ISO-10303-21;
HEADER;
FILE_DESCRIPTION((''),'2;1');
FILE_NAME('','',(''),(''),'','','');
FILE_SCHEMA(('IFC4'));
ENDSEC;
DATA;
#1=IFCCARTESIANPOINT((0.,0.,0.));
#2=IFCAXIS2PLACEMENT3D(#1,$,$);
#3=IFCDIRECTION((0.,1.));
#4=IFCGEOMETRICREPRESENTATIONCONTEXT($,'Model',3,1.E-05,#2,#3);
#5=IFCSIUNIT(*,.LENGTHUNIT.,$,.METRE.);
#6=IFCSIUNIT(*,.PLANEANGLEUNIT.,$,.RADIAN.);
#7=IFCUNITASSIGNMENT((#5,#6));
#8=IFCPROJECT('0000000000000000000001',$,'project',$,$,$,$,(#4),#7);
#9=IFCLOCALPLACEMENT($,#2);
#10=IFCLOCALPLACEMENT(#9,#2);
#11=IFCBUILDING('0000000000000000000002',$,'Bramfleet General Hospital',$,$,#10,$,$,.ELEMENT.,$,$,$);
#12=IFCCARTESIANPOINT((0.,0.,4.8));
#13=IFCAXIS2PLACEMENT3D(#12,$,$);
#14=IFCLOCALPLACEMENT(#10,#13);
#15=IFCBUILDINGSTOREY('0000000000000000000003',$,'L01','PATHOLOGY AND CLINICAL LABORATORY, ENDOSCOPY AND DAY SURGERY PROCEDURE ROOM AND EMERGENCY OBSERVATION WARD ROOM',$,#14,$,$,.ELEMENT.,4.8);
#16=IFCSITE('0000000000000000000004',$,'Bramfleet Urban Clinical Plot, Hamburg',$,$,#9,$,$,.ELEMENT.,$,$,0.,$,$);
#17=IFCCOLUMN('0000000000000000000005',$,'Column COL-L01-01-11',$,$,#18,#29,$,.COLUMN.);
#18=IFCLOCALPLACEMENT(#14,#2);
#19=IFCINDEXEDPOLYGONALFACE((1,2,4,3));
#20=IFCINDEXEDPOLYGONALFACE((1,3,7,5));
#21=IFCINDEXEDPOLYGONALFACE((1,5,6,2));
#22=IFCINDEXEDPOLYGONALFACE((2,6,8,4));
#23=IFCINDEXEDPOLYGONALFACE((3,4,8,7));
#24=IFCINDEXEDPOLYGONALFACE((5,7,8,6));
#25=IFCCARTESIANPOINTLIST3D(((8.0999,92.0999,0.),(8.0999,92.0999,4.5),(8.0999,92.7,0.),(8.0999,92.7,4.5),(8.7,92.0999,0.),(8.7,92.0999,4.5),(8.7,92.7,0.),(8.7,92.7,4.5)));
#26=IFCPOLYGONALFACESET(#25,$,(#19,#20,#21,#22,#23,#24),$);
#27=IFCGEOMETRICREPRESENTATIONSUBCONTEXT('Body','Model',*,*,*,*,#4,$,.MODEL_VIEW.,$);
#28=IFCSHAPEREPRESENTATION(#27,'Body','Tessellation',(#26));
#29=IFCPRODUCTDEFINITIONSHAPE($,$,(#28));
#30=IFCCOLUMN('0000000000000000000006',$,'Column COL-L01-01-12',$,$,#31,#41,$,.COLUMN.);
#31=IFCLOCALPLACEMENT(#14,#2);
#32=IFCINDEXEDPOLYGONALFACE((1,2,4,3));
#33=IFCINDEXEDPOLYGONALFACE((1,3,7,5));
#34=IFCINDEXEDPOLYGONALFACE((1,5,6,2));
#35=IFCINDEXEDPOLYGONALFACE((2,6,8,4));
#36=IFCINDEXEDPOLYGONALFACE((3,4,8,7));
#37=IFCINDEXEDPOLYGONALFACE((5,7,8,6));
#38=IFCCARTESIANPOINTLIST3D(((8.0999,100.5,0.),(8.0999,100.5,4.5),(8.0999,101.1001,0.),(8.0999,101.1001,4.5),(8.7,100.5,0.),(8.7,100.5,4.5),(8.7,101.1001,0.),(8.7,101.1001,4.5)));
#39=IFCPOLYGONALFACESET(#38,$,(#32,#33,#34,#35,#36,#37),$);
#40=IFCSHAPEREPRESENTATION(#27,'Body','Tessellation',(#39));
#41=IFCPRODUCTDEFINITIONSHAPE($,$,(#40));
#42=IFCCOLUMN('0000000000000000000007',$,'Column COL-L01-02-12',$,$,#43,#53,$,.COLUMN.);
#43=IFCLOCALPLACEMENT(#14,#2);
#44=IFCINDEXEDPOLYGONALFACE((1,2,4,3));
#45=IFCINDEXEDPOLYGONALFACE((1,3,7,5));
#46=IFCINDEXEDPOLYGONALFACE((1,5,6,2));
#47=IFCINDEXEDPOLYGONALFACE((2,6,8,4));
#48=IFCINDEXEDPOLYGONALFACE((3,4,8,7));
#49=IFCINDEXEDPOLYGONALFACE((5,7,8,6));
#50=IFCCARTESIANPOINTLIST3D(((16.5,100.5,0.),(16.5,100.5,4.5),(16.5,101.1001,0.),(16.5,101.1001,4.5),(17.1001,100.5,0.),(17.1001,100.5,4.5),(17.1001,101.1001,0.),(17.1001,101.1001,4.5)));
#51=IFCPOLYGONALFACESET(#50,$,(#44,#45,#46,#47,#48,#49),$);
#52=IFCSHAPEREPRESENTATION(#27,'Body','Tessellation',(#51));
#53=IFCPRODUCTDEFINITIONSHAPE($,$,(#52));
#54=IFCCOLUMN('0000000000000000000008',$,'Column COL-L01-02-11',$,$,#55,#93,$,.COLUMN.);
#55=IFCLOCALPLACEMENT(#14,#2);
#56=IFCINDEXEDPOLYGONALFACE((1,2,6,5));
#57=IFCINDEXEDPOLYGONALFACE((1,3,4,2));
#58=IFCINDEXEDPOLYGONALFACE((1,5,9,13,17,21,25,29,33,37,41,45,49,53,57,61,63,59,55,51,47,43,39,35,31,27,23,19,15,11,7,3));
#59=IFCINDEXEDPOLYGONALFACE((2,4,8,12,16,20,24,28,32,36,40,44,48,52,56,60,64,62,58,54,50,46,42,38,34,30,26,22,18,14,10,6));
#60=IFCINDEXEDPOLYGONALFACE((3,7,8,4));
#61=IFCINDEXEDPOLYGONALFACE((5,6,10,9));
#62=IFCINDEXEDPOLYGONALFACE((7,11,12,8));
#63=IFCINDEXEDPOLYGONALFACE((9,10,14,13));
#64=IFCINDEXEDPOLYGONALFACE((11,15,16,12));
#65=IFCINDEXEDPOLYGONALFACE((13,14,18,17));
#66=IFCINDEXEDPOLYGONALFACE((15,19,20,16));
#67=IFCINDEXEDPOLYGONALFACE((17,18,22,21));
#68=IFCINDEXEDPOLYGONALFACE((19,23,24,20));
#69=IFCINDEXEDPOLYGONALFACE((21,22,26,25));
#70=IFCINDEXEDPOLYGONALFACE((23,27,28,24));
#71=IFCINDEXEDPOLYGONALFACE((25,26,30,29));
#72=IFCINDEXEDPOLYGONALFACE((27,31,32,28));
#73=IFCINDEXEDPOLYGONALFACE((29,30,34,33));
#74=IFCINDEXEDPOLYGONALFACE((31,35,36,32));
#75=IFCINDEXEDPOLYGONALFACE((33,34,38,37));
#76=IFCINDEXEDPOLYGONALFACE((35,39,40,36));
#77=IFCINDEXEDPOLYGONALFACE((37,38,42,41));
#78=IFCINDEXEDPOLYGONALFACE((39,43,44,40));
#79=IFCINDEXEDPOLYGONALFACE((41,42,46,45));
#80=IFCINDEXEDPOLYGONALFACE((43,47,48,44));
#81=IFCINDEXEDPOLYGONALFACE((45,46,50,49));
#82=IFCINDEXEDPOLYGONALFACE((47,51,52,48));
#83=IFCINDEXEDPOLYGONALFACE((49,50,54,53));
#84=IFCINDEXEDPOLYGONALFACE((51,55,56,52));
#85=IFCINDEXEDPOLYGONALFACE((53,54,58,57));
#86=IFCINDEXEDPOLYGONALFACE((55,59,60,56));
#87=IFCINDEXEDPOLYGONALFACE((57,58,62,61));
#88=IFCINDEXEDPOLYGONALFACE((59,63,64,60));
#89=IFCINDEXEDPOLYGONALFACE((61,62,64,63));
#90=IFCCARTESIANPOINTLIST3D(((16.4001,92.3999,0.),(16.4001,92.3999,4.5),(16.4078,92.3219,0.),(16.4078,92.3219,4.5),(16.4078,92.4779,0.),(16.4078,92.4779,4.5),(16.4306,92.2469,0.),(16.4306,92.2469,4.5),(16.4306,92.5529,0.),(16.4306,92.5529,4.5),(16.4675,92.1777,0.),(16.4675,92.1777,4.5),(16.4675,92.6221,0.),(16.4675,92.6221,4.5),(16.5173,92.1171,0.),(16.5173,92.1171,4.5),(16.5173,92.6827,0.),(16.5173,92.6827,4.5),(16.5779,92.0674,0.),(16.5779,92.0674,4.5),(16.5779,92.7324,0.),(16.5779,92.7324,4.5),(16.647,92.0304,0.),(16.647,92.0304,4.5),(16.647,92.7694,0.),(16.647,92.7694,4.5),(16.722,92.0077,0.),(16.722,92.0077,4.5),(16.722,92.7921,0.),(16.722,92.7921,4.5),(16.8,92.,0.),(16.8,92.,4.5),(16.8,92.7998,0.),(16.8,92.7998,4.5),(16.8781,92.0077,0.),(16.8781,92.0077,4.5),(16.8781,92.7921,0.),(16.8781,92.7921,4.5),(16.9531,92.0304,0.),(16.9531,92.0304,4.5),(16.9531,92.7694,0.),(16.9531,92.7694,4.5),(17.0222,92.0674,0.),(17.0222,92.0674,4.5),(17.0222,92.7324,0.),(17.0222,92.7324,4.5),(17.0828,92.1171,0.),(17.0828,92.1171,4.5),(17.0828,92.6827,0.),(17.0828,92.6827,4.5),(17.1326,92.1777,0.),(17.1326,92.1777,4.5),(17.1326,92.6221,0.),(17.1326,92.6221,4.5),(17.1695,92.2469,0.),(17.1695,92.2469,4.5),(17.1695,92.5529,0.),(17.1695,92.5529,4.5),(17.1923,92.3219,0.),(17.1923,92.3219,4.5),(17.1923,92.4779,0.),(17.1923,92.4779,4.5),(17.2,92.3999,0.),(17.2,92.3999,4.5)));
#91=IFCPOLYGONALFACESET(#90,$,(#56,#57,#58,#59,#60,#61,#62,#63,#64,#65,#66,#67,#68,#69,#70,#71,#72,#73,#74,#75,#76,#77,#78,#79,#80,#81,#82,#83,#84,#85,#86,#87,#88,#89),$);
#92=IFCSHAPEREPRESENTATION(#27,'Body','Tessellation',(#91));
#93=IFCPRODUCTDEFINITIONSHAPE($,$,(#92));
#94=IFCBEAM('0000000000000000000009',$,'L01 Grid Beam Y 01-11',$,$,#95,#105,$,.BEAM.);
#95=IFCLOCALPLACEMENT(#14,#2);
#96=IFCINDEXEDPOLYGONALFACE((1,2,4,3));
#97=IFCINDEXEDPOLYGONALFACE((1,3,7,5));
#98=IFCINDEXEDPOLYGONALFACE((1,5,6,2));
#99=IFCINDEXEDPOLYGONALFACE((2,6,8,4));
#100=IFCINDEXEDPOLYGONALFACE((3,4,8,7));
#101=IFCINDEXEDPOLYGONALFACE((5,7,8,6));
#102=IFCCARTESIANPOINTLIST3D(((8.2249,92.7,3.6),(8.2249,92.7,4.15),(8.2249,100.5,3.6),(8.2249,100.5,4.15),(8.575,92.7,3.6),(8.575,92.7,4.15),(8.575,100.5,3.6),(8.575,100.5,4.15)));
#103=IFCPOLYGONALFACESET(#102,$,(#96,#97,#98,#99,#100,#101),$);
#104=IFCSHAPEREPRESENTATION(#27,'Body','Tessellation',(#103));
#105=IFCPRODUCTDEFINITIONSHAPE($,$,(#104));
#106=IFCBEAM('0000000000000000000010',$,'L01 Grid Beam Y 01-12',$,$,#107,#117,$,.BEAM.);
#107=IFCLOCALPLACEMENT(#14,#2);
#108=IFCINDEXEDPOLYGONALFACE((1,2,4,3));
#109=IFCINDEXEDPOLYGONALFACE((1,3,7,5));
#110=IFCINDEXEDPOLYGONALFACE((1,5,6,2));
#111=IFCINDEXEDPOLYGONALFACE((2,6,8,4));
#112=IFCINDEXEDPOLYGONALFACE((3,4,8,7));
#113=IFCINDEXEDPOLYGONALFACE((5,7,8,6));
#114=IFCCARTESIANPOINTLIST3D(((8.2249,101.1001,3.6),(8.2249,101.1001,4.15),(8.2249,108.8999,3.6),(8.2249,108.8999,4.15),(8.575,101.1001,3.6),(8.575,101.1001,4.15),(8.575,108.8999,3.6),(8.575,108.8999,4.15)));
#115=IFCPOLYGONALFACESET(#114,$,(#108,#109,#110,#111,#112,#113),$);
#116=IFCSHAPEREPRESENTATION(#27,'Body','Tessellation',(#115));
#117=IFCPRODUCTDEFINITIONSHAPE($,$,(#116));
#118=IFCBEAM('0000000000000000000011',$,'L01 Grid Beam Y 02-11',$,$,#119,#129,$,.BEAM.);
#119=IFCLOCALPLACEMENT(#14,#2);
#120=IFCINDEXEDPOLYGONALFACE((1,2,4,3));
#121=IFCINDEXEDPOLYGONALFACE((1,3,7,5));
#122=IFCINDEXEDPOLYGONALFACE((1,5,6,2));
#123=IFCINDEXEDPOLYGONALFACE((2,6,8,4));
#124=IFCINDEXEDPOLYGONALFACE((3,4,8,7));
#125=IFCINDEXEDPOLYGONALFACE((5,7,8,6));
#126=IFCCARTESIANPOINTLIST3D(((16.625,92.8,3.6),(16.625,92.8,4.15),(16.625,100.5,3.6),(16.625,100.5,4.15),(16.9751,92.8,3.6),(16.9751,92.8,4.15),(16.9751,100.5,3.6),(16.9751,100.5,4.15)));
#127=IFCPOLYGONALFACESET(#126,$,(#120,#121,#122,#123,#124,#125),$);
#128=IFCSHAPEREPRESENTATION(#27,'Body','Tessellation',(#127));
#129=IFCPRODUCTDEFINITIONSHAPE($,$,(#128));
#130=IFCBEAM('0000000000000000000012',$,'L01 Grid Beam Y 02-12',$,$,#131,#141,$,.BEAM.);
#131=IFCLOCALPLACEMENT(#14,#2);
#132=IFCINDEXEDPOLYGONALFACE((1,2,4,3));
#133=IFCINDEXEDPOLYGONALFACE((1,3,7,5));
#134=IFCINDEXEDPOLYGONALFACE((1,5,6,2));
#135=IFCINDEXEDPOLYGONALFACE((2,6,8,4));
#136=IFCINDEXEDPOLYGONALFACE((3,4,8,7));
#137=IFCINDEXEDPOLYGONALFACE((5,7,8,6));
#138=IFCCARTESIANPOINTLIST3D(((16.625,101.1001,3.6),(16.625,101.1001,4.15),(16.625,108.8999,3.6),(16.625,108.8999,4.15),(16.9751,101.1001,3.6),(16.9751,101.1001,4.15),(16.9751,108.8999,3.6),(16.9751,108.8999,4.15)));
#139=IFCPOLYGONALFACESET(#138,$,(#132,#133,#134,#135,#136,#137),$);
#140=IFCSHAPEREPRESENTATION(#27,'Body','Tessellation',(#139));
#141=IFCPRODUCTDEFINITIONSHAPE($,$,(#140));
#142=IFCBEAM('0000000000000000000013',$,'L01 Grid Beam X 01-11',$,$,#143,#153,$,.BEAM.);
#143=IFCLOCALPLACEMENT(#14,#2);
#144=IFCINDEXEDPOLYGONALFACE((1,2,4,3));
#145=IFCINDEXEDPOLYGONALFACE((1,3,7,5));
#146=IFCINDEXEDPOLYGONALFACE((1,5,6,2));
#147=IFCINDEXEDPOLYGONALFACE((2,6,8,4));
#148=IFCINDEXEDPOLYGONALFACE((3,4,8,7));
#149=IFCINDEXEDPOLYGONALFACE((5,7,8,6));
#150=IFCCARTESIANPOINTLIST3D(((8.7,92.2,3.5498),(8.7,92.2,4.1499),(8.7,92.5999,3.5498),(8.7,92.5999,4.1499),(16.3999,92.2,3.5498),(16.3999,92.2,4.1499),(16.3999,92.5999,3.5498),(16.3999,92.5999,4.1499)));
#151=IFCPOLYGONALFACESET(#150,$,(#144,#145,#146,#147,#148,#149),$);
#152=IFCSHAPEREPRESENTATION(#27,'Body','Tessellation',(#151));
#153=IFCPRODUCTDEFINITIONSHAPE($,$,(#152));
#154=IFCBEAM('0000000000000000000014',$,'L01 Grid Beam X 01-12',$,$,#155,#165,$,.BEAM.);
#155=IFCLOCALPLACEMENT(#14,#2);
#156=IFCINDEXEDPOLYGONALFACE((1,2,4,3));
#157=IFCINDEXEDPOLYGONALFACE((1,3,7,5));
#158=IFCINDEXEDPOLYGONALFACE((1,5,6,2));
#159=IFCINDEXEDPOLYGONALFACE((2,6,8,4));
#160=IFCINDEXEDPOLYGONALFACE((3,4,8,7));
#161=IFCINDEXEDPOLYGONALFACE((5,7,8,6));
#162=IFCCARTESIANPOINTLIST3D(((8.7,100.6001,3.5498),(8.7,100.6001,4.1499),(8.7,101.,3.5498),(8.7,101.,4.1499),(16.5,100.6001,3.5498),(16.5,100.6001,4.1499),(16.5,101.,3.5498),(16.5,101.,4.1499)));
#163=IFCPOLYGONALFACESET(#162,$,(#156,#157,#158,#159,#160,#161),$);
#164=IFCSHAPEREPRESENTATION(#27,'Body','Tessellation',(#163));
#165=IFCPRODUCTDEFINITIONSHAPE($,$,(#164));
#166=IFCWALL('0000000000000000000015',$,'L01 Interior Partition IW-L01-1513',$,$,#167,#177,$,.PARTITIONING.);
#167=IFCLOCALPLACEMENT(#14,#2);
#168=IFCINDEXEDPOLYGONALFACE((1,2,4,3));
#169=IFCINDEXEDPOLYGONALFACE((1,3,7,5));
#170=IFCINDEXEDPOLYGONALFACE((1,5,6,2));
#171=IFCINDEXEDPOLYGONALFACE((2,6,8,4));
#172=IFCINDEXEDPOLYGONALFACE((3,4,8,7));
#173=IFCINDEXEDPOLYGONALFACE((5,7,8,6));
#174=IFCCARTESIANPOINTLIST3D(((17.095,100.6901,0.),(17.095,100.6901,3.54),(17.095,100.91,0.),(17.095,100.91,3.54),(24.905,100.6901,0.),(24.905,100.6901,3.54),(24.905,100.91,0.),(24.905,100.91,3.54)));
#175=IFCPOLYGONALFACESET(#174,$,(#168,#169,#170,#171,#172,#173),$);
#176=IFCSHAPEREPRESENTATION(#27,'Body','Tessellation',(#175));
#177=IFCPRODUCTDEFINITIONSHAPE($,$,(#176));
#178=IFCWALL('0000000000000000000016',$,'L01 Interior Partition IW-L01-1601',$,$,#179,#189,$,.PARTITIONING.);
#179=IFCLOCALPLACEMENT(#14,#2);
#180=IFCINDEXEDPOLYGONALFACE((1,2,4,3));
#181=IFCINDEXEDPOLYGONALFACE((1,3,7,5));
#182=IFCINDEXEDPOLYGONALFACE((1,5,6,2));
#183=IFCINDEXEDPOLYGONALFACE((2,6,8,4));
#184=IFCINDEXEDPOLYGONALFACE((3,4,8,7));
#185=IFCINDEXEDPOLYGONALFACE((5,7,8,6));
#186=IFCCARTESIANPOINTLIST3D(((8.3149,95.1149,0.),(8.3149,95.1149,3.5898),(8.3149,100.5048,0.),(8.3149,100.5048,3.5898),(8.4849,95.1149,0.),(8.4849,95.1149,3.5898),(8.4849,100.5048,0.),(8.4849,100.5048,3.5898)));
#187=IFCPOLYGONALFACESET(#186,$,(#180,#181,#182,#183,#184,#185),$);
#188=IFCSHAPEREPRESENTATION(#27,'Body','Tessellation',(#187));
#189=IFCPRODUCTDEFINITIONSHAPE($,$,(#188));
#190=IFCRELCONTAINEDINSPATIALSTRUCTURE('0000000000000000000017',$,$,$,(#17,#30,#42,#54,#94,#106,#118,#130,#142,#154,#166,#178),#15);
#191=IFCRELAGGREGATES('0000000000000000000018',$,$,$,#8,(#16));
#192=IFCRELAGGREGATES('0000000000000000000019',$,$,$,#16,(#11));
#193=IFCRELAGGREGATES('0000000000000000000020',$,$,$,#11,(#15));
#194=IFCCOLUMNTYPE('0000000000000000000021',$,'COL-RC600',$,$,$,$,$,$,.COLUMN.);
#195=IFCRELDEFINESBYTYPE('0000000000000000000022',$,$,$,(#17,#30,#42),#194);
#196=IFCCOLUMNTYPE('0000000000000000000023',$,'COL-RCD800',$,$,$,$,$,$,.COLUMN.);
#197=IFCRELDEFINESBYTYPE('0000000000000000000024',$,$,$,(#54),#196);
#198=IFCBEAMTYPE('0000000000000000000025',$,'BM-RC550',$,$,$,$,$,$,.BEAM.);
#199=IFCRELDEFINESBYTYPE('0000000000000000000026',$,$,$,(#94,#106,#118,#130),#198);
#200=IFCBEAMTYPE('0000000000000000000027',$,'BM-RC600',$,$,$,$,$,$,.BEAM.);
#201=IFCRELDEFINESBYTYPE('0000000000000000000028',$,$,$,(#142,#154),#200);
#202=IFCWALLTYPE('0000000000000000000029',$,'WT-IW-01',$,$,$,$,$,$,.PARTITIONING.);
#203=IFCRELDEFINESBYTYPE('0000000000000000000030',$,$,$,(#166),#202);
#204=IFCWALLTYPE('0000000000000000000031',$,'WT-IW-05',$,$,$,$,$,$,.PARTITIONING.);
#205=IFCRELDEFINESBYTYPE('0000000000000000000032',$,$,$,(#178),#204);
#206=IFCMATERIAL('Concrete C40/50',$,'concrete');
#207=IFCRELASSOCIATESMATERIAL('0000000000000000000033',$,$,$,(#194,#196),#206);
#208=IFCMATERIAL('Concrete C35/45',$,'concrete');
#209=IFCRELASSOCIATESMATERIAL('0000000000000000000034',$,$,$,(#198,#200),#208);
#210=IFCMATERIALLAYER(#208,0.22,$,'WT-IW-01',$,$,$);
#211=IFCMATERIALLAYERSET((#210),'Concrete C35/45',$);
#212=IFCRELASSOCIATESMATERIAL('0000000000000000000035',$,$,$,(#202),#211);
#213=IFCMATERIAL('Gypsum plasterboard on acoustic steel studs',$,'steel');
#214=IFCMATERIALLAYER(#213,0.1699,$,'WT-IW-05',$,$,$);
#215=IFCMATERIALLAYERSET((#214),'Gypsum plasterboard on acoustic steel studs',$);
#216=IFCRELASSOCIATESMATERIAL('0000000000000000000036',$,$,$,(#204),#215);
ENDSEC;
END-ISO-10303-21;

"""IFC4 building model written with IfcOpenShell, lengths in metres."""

from ifc_helpers import new_model, si_unit, direction, frame, frame_2d, origin, origin_2d, place, context, subcontext, project, spatial, rectangle, circle, extrude, material, layer, layer_set, material_profile, profile_set, type_object, element, save


model = new_model("IFC4")

# Units and contexts
model_context = context("Model", 3, precision=1e-05, world=origin(), true_north=direction((0.0, 1.0)))
body_context = subcontext(model_context, "Body", "Model", "MODEL_VIEW")
ifc_project = project(units=[si_unit("LENGTHUNIT", "METRE"), si_unit("PLANEANGLEUNIT", "RADIAN")], contexts=[model_context])

# Site, building, storey
site_placement = place(None, origin())
site = spatial("IfcSite", under=ifc_project, at=site_placement, Name="Bramfleet Urban Clinical Plot, Hamburg", CompositionType="ELEMENT", RefElevation=0.0)
building_placement = place(site_placement, origin())
building = spatial("IfcBuilding", under=site, at=building_placement, Name="Bramfleet General Hospital", CompositionType="ELEMENT")
storey_placement = place(building_placement, frame((0.0, 0.0, 4.8)))
storey = spatial("IfcBuildingStorey", under=building, at=storey_placement, Name="L01", Description="PATHOLOGY AND CLINICAL LABORATORY, ENDOSCOPY AND DAY SURGERY PROCEDURE ROOM AND EMERGENCY OBSERVATION WARD ROOM", CompositionType="ELEMENT", Elevation=4.8)

# Columns
ifc_material_1 = material(Name="Concrete C40/50", Category="concrete")
ifc_material_profile_1 = material_profile(ifc_material_1, rectangle(XDim=0.6001, YDim=0.6001, at=origin_2d()), Name="RC COL 600x600")
ifc_profile_set_1 = profile_set([ifc_material_profile_1], Name="Concrete C40/50")
column_type_1 = type_object("IfcColumnType", Name="COL-RC600", PredefinedType="COLUMN", material=ifc_profile_set_1)
for number, where, z_axis, x_axis, name in (
    (1, (8.3999, 92.3999, 0.0), (0.0, 0.0, 1.0), (1.0, 0.0, 0.0), "Column COL-L01-01-11"),
    (2, (8.3999, 100.8, 0.0), (0.0, 0.0, 1.0), (1.0, 0.0, 0.0), "Column COL-L01-01-12"),
    (3, (16.8, 100.8, 0.0), (0.0, 0.0, 1.0), (1.0, 0.0, 0.0), "Column COL-L01-02-12"),
):
    element("IfcColumn", number, at=place(storey_placement, frame(where, z_axis=z_axis, x_axis=x_axis)), inside=storey, type_object=column_type_1, Name=name, PredefinedType="COLUMN", context=body_context, shape_type="SweptSolid", body=[
        extrude(rectangle(XDim=0.6001, YDim=0.6001, at=origin_2d()), origin(), (0.0, 0.0, 1.0), 4.5),
    ])
ifc_material_profile_2 = material_profile(ifc_material_1, circle(Radius=0.3999, at=origin_2d()), Name="RC ROUND D800")
ifc_profile_set_2 = profile_set([ifc_material_profile_2], Name="Concrete C40/50")
column_type_2 = type_object("IfcColumnType", Name="COL-RCD800", PredefinedType="COLUMN", material=ifc_profile_set_2)
column_placement = place(storey_placement, frame((16.8, 92.3999, 0.0), z_axis=(0.0, 0.0, 1.0), x_axis=(1.0, 0.0, 0.0)))
element("IfcColumn", 4, at=column_placement, inside=storey, type_object=column_type_2, Name="Column COL-L01-02-11", PredefinedType="COLUMN", context=body_context, shape_type="SweptSolid", body=[
    extrude(circle(Radius=0.3999, at=origin_2d()), origin(), (0.0, 0.0, 1.0), 4.5),
])

# Beams
ifc_material_2 = material(Name="Concrete C35/45", Category="concrete")
ifc_material_profile_3 = material_profile(ifc_material_2, rectangle(XDim=0.3501, YDim=0.55, at=origin_2d()), Name="RC BM 550x350")
ifc_profile_set_3 = profile_set([ifc_material_profile_3], Name="Concrete C35/45")
beam_type_1 = type_object("IfcBeamType", Name="BM-RC550", PredefinedType="BEAM", material=ifc_profile_set_3)
beam_1_placement = place(storey_placement, frame((8.3999, 92.7, 3.875), z_axis=(0.0, 1.0, 0.0), x_axis=(-1.0, 0.0, 0.0)))
element("IfcBeam", 5, at=beam_1_placement, inside=storey, type_object=beam_type_1, Name="L01 Grid Beam Y 01-11", PredefinedType="BEAM", context=body_context, shape_type="SweptSolid", body=[
    extrude(rectangle(XDim=0.3501, YDim=0.55, at=origin_2d()), origin(), (0.0, 0.0, 1.0), 7.8),
])
beam_2_placement = place(storey_placement, frame((8.3999, 101.1001, 3.875), z_axis=(0.0, 1.0, 0.0), x_axis=(-1.0, 0.0, 0.0)))
element("IfcBeam", 6, at=beam_2_placement, inside=storey, type_object=beam_type_1, Name="L01 Grid Beam Y 01-12", PredefinedType="BEAM", context=body_context, shape_type="SweptSolid", body=[
    extrude(rectangle(XDim=0.3501, YDim=0.55, at=origin_2d()), origin(), (0.0, 0.0, 1.0), 7.7998),
])
beam_3_placement = place(storey_placement, frame((16.8, 92.8, 3.875), z_axis=(0.0, 1.0, 0.0), x_axis=(-1.0, 0.0, 0.0)))
element("IfcBeam", 7, at=beam_3_placement, inside=storey, type_object=beam_type_1, Name="L01 Grid Beam Y 02-11", PredefinedType="BEAM", context=body_context, shape_type="SweptSolid", body=[
    extrude(rectangle(XDim=0.3501, YDim=0.55, at=origin_2d()), origin(), (0.0, 0.0, 1.0), 7.7),
])
beam_4_placement = place(storey_placement, frame((16.8, 101.1001, 3.875), z_axis=(0.0, 1.0, 0.0), x_axis=(-1.0, 0.0, 0.0)))
element("IfcBeam", 8, at=beam_4_placement, inside=storey, type_object=beam_type_1, Name="L01 Grid Beam Y 02-12", PredefinedType="BEAM", context=body_context, shape_type="SweptSolid", body=[
    extrude(rectangle(XDim=0.3501, YDim=0.55, at=origin_2d()), origin(), (0.0, 0.0, 1.0), 7.7998),
])
ifc_material_profile_4 = material_profile(ifc_material_2, rectangle(XDim=0.3999, YDim=0.6001, at=origin_2d()), Name="RC BM 600x400")
ifc_profile_set_4 = profile_set([ifc_material_profile_4], Name="Concrete C35/45")
beam_type_2 = type_object("IfcBeamType", Name="BM-RC600", PredefinedType="BEAM", material=ifc_profile_set_4)
beam_5_placement = place(storey_placement, frame((8.7, 92.3999, 3.8499), z_axis=(1.0, 0.0, 0.0), x_axis=(0.0, 1.0, 0.0)))
element("IfcBeam", 9, at=beam_5_placement, inside=storey, type_object=beam_type_2, Name="L01 Grid Beam X 01-11", PredefinedType="BEAM", context=body_context, shape_type="SweptSolid", body=[
    extrude(rectangle(XDim=0.3999, YDim=0.6001, at=origin_2d()), origin(), (0.0, 0.0, 1.0), 7.7),
])
beam_6_placement = place(storey_placement, frame((8.7, 100.8, 3.8499), z_axis=(1.0, 0.0, 0.0), x_axis=(0.0, 1.0, 0.0)))
element("IfcBeam", 10, at=beam_6_placement, inside=storey, type_object=beam_type_2, Name="L01 Grid Beam X 01-12", PredefinedType="BEAM", context=body_context, shape_type="SweptSolid", body=[
    extrude(rectangle(XDim=0.3999, YDim=0.6001, at=origin_2d()), origin(), (0.0, 0.0, 1.0), 7.8),
])

# Walls
ifc_layer_1 = layer(ifc_material_2, 0.22, Name="WT-IW-01")
ifc_layer_set_1 = layer_set([ifc_layer_1], Name="Concrete C35/45")
wall_type_1 = type_object("IfcWallType", Name="WT-IW-01", PredefinedType="PARTITIONING", material=ifc_layer_set_1)
wall_1_placement = place(storey_placement, frame((17.095, 100.8, 0.0), z_axis=(0.0, 0.0, 1.0), x_axis=(1.0, 0.0, 0.0)))
element("IfcWall", 11, at=wall_1_placement, inside=storey, type_object=wall_type_1, Name="L01 Interior Partition IW-L01-1513", PredefinedType="PARTITIONING", context=body_context, shape_type="SweptSolid", body=[
    extrude(rectangle(XDim=7.8101, YDim=0.22, at=frame_2d((3.905, 0.0))), origin(), (0.0, 0.0, 1.0), 3.54),
])
ifc_material_3 = material(Name="Gypsum plasterboard on acoustic steel studs", Category="steel")
ifc_layer_2 = layer(ifc_material_3, 0.1699, Name="WT-IW-05")
ifc_layer_set_2 = layer_set([ifc_layer_2], Name="Gypsum plasterboard on acoustic steel studs")
wall_type_2 = type_object("IfcWallType", Name="WT-IW-05", PredefinedType="PARTITIONING", material=ifc_layer_set_2)
wall_2_placement = place(storey_placement, frame((8.3999, 95.115, 0.0), z_axis=(0.0, 0.0, 1.0), x_axis=(0.0, 1.0, 0.0)))
element("IfcWall", 12, at=wall_2_placement, inside=storey, type_object=wall_type_2, Name="L01 Interior Partition IW-L01-1601", PredefinedType="PARTITIONING", context=body_context, shape_type="SweptSolid", body=[
    extrude(rectangle(XDim=5.3899, YDim=0.1699, at=frame_2d((2.6948, 0.0))), origin(), (0.0, 0.0, 1.0), 3.5898),
])

save(model, "model.ifc")
